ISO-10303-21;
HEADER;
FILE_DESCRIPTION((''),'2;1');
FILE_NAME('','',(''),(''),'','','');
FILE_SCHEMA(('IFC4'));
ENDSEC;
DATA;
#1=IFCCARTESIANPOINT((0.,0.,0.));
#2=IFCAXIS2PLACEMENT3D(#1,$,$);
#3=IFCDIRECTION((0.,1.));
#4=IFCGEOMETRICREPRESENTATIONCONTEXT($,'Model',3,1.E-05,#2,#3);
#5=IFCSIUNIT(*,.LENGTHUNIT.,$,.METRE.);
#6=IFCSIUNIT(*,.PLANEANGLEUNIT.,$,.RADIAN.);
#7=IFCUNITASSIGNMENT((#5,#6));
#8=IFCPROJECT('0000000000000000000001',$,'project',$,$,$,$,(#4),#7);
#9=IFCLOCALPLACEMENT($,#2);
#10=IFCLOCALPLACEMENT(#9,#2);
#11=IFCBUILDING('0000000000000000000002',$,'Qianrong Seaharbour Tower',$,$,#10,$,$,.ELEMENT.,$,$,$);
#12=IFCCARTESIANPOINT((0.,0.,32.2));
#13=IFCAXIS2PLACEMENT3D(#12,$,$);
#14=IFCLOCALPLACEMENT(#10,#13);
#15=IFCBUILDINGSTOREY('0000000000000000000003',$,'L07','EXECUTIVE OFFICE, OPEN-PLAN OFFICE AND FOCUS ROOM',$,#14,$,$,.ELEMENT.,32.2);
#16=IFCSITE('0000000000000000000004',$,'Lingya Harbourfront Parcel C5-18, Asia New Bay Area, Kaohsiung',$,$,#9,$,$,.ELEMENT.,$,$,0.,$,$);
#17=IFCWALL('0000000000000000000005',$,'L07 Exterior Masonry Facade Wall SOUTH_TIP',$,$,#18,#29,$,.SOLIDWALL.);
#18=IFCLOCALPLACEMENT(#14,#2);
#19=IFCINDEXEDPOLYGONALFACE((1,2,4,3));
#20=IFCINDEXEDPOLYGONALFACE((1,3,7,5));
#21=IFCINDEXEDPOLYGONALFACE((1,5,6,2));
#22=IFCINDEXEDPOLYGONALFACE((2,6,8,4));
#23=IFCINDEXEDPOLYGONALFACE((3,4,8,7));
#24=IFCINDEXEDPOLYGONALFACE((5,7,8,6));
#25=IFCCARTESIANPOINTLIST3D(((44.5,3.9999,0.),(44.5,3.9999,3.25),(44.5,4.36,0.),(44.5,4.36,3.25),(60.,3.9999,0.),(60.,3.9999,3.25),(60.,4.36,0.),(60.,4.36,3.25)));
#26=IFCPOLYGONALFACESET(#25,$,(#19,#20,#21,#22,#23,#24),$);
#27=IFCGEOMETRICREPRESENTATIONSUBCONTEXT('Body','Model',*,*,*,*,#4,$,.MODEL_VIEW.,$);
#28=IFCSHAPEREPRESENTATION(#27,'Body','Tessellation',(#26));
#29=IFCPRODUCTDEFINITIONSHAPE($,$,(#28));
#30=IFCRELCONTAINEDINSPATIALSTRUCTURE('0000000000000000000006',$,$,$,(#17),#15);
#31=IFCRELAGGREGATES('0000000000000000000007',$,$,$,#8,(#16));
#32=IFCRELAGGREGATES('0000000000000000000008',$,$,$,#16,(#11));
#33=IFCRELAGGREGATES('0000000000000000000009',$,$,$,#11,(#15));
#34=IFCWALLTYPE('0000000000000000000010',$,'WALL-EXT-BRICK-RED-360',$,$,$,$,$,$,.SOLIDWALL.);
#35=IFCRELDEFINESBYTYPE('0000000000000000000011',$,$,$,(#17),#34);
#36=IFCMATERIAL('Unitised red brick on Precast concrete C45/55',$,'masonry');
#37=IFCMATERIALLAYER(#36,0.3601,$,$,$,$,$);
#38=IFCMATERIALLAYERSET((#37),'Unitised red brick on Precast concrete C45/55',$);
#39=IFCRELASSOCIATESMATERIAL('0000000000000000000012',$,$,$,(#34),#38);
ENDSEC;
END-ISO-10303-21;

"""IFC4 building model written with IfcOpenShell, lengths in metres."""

from ifc_helpers import new_model, si_unit, direction, frame, frame_2d, origin, place, context, subcontext, project, spatial, rectangle, extrude, material, layer, layer_set, type_object, element, save


model = new_model("IFC4")

# Units and contexts
model_context = context("Model", 3, precision=1e-05, world=origin(), true_north=direction((0.0, 1.0)))
body_context = subcontext(model_context, "Body", "Model", "MODEL_VIEW")
ifc_project = project(units=[si_unit("LENGTHUNIT", "METRE"), si_unit("PLANEANGLEUNIT", "RADIAN")], contexts=[model_context])

# Site, building, storey
site_placement = place(None, origin())
site = spatial("IfcSite", under=ifc_project, at=site_placement, Name="Lingya Harbourfront Parcel C5-18, Asia New Bay Area, Kaohsiung", CompositionType="ELEMENT", RefElevation=0.0)
building_placement = place(site_placement, origin())
building = spatial("IfcBuilding", under=site, at=building_placement, Name="Qianrong Seaharbour Tower", CompositionType="ELEMENT")
storey_placement = place(building_placement, frame((0.0, 0.0, 32.2)))
storey = spatial("IfcBuildingStorey", under=building, at=storey_placement, Name="L07", Description="EXECUTIVE OFFICE, OPEN-PLAN OFFICE AND FOCUS ROOM", CompositionType="ELEMENT", Elevation=32.2)

# Wall
ifc_material_1 = material(Name="Unitised red brick on Precast concrete C45/55", Category="masonry")
ifc_layer_1 = layer(ifc_material_1, 0.3601)
ifc_layer_set_1 = layer_set([ifc_layer_1], Name="Unitised red brick on Precast concrete C45/55")
wall_type_1 = type_object("IfcWallType", Name="WALL-EXT-BRICK-RED-360", PredefinedType="SOLIDWALL", material=ifc_layer_set_1)
wall_1_placement = place(storey_placement, frame((60.0, 4.1799, 0.0), z_axis=(0.0, 0.0, 1.0), x_axis=(-1.0, 0.0, 0.0)))
element("IfcWall", 1, at=wall_1_placement, inside=storey, type_object=wall_type_1, Name="L07 Exterior Masonry Facade Wall SOUTH_TIP", PredefinedType="SOLIDWALL", context=body_context, shape_type="SweptSolid", body=[
    extrude(rectangle(XDim=15.5, YDim=0.3601, at=frame_2d((7.75, 0.0))), origin(), (0.0, 0.0, 1.0), 3.25),
])

save(model, "model.ifc")
